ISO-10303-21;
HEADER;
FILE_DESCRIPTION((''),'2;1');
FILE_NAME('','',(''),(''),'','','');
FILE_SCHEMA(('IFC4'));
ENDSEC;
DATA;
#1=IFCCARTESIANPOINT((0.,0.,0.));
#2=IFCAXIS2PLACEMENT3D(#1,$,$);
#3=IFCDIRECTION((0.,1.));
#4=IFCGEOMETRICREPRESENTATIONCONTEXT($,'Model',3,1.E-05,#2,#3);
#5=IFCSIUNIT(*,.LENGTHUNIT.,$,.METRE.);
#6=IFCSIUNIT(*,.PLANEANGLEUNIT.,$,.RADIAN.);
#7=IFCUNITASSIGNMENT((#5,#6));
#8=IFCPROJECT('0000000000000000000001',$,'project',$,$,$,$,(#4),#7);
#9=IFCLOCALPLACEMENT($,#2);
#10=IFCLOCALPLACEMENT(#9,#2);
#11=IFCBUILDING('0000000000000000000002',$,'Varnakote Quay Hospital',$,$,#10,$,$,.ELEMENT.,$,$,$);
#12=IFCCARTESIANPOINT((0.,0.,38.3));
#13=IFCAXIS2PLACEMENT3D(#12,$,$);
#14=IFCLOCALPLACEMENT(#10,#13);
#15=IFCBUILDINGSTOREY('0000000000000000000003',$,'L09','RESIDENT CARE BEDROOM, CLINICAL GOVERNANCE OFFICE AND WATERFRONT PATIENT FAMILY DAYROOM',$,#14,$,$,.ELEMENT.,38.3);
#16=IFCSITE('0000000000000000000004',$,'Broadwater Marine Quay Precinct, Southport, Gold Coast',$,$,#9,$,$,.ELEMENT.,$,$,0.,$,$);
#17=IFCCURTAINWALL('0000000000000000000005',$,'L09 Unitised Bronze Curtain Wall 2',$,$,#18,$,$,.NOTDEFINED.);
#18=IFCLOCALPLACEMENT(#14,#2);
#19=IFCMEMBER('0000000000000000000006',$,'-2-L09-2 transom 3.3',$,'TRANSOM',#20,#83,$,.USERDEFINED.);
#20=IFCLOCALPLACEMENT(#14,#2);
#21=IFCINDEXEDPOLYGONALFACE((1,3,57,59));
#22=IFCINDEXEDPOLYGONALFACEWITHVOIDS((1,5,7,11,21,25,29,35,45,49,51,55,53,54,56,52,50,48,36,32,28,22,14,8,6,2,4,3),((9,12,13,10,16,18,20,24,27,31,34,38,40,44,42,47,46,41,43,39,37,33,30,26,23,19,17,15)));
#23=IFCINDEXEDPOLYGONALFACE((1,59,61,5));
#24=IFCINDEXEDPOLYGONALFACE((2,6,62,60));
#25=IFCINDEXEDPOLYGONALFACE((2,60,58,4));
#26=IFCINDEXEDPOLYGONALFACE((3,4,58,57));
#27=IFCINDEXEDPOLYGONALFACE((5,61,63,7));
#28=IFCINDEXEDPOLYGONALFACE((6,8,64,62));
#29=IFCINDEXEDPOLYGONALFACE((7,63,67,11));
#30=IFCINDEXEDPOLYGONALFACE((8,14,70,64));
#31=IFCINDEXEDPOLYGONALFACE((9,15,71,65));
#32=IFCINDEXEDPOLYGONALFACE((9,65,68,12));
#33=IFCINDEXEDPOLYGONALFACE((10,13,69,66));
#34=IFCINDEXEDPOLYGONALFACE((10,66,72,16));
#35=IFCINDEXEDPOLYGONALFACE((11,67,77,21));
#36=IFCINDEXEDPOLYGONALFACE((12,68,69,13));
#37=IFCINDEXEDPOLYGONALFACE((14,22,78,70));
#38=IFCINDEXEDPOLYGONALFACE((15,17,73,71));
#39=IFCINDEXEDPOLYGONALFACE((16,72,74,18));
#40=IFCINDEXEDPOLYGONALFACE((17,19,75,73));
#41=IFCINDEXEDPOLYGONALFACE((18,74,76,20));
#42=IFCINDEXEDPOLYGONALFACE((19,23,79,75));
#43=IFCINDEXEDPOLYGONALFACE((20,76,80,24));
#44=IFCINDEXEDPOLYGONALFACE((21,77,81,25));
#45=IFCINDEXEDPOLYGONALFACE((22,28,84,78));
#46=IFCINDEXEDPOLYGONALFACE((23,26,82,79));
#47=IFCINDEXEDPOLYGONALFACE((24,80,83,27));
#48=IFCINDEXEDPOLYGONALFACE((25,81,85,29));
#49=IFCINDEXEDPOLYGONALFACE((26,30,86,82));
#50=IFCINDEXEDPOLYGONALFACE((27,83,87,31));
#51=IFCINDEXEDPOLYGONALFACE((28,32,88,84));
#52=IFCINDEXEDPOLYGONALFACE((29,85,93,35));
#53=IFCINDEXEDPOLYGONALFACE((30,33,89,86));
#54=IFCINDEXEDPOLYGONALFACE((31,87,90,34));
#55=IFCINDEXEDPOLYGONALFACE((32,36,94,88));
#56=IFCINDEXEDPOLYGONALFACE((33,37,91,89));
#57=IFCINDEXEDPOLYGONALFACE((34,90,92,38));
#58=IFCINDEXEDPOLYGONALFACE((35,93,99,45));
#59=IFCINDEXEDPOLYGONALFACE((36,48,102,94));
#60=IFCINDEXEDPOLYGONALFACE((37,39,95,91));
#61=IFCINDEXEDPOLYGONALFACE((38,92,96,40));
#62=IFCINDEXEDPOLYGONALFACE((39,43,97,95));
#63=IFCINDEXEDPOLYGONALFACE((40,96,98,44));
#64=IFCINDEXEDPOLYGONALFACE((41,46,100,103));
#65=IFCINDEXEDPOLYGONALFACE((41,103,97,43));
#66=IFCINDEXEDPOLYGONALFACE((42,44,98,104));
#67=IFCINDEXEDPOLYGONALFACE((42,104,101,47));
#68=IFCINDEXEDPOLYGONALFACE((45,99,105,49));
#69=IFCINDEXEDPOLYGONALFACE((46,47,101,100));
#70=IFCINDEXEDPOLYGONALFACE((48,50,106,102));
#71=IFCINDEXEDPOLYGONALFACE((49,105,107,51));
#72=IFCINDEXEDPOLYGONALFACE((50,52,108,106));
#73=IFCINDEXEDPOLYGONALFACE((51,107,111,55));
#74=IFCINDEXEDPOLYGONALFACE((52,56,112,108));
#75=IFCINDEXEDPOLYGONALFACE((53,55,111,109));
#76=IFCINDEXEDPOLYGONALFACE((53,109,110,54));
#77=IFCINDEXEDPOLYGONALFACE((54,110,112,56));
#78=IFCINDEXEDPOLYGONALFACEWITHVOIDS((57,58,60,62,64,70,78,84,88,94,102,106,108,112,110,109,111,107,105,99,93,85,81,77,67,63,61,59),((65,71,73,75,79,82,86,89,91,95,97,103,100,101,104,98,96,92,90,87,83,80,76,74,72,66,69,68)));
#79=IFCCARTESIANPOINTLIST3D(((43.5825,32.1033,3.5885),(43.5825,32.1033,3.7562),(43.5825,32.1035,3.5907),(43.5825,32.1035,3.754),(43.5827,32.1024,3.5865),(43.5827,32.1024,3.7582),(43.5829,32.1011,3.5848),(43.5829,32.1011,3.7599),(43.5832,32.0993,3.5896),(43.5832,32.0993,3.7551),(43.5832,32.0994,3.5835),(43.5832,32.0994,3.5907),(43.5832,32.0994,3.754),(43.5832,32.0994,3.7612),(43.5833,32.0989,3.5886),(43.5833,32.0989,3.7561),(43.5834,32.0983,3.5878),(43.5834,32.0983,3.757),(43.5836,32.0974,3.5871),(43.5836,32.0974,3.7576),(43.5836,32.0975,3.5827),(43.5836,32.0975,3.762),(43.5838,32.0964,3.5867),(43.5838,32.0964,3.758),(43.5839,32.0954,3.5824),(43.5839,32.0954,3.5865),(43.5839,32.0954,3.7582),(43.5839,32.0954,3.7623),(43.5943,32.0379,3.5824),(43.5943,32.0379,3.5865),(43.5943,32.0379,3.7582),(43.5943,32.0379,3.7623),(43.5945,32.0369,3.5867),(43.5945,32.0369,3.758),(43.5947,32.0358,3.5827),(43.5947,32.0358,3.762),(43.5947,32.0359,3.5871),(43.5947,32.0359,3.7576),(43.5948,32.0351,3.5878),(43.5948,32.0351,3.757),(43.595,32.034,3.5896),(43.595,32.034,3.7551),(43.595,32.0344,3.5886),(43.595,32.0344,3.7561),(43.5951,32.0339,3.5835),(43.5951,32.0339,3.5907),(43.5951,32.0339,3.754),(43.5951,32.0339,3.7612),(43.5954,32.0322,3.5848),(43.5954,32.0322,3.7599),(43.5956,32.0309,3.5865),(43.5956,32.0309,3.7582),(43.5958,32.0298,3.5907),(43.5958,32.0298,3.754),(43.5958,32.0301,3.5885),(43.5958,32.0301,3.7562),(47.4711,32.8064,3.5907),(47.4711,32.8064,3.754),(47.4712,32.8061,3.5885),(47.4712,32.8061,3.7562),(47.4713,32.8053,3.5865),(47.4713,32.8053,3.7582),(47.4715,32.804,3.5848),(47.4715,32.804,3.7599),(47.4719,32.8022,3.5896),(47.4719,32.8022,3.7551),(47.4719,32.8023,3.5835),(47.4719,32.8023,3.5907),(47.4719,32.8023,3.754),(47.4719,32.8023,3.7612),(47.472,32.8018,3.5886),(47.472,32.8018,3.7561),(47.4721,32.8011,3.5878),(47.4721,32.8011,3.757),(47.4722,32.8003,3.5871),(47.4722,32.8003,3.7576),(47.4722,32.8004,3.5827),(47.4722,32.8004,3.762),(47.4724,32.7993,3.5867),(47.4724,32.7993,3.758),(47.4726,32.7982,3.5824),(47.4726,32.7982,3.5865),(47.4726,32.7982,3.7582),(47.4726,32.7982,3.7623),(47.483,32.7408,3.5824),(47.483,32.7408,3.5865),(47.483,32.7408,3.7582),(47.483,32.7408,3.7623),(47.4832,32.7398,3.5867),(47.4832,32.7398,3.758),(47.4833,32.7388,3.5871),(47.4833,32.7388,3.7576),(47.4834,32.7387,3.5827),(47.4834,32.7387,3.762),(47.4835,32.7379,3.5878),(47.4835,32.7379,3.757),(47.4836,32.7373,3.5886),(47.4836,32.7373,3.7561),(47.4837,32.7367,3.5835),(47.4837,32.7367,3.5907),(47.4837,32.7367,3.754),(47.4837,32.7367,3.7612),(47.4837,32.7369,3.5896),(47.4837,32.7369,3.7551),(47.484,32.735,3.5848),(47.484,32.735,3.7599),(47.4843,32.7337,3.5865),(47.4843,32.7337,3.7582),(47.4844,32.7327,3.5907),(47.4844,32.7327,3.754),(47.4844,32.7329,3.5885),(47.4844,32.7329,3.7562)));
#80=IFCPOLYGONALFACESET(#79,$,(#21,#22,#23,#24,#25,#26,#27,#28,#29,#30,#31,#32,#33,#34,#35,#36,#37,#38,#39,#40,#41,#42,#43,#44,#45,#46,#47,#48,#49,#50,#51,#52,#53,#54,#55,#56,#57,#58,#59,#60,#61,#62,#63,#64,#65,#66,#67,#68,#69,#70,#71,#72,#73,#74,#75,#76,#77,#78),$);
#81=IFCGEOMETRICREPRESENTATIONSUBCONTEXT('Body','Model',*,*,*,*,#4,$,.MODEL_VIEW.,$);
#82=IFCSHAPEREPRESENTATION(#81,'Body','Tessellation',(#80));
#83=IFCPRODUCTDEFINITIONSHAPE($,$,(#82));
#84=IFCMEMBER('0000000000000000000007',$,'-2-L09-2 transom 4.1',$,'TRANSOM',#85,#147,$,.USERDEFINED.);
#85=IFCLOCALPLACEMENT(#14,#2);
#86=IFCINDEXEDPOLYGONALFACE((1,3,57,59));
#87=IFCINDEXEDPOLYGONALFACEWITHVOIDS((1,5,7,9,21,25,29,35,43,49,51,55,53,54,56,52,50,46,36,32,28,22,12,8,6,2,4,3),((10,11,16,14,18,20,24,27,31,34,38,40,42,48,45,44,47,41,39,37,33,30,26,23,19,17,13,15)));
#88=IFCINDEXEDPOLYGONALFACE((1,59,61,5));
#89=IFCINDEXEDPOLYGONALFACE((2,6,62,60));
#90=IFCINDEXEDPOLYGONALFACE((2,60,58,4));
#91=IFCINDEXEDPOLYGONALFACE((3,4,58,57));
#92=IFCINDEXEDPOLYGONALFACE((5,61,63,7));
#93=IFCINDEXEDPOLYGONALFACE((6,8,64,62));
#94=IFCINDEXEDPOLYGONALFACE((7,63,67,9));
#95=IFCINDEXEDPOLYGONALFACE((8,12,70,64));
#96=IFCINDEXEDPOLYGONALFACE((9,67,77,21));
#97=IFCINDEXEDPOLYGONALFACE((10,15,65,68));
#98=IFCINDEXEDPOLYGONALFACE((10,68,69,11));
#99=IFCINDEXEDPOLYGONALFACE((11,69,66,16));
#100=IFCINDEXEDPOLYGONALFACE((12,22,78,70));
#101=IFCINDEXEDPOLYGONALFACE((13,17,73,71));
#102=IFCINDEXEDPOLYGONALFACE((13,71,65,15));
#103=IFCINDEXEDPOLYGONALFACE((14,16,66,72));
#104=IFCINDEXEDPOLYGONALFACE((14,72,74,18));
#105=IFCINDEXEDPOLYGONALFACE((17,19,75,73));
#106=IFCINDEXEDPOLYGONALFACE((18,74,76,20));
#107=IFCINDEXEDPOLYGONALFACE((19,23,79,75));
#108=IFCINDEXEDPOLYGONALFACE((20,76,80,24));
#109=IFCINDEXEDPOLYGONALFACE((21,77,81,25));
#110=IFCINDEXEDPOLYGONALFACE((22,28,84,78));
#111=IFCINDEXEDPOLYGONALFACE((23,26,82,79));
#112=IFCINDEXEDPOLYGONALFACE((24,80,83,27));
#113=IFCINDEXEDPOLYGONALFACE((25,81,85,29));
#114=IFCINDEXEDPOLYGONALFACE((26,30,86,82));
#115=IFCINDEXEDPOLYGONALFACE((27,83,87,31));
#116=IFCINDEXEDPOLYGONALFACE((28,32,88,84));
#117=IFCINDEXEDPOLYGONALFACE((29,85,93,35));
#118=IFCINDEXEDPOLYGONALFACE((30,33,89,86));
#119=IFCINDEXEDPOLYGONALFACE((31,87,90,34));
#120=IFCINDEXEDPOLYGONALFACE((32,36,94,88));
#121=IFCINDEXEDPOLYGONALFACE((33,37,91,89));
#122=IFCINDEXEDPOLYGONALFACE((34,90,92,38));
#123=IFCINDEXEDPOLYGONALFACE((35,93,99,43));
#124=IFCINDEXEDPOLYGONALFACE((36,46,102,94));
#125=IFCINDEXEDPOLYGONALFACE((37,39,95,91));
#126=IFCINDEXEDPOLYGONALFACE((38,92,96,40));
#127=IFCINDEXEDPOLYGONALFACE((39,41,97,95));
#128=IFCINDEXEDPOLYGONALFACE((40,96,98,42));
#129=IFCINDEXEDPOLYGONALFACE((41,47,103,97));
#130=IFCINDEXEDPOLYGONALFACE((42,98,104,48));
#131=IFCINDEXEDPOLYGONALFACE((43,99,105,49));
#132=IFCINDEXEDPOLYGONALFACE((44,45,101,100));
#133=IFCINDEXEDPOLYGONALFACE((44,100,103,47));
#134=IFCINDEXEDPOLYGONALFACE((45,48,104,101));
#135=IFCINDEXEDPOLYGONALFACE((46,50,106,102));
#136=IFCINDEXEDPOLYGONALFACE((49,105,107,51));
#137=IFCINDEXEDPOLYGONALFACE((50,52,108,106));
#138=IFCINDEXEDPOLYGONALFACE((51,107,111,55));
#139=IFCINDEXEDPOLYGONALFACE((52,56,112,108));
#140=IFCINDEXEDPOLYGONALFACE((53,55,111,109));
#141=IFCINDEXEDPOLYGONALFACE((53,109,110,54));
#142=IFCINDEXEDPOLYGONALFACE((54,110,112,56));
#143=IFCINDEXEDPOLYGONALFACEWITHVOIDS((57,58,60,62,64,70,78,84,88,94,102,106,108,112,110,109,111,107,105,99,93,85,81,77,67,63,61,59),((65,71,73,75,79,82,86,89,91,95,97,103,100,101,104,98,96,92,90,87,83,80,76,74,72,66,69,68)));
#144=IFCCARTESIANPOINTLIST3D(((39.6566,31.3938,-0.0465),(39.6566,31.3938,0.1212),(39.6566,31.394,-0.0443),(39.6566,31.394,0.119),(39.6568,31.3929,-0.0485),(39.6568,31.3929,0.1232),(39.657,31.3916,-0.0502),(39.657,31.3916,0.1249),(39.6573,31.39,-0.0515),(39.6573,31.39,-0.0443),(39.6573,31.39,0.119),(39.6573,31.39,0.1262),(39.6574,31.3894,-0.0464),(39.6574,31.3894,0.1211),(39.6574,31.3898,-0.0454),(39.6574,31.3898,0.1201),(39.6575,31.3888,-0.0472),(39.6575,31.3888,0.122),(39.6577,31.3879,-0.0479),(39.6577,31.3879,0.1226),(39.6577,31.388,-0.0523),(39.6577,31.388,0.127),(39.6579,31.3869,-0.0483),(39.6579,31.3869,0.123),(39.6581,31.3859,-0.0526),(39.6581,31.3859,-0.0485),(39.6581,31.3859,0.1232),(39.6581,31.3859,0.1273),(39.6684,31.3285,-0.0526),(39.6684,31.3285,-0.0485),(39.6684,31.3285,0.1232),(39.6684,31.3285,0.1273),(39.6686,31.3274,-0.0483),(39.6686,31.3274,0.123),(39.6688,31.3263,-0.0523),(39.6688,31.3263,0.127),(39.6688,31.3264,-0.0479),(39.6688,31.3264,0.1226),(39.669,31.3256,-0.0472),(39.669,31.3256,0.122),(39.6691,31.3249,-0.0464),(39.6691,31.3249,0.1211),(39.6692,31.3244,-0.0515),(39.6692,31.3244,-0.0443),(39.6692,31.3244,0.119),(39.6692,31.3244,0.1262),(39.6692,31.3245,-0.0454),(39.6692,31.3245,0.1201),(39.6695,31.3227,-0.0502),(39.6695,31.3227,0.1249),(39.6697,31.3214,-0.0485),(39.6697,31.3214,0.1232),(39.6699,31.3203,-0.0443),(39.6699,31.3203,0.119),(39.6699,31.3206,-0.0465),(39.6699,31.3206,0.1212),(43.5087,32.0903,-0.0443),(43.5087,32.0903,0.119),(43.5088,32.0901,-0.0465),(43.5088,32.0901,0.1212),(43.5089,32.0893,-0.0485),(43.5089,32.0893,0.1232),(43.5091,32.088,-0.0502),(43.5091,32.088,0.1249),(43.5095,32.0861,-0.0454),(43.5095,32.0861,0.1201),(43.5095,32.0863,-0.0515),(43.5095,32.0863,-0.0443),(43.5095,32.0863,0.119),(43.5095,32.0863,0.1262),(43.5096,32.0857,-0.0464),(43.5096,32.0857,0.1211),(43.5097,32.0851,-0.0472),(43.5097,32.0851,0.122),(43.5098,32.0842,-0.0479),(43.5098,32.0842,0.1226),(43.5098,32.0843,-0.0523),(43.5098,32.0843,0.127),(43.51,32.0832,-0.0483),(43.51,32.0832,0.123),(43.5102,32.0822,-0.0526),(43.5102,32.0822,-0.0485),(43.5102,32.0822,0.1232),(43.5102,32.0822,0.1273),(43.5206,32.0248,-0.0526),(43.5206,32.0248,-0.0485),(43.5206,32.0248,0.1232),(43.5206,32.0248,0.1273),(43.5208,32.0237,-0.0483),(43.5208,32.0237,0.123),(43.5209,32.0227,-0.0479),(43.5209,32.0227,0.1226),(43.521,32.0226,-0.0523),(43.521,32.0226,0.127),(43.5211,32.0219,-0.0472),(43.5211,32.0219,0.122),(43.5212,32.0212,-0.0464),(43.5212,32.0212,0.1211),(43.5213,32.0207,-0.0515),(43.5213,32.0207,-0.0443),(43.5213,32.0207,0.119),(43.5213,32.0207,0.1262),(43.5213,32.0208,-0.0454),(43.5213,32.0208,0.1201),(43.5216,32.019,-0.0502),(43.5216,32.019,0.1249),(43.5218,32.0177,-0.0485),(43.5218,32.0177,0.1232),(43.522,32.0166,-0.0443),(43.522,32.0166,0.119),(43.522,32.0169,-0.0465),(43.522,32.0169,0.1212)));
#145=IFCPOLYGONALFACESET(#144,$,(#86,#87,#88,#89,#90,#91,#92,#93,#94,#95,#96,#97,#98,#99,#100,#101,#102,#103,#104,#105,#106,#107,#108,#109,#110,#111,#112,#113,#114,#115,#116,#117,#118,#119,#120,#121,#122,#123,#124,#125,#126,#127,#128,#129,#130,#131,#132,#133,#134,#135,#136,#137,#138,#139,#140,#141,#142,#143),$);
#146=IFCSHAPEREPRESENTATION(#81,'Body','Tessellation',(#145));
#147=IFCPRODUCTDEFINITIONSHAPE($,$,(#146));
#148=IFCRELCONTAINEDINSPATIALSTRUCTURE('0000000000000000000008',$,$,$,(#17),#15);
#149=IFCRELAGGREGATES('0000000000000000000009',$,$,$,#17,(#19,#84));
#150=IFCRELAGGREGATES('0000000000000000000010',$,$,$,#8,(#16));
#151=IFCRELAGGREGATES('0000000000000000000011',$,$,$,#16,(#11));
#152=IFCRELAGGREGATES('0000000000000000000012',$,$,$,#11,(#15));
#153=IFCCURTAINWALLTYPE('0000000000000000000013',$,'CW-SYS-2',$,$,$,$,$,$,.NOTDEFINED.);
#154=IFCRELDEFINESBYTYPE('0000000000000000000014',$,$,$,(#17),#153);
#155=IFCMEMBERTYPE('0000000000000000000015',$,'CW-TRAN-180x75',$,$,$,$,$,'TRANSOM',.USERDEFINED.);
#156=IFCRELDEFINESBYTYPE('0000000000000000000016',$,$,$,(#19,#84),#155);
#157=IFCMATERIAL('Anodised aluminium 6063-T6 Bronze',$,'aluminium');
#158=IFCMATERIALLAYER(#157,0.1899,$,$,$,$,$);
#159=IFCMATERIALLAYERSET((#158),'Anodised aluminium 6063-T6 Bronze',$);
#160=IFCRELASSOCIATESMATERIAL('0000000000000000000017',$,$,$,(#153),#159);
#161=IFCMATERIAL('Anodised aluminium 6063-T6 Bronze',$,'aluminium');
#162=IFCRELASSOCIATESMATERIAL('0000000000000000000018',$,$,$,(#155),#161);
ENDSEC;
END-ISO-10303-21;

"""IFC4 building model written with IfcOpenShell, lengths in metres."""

from ifc_helpers import new_model, si_unit, direction, frame, origin, origin_2d, place, context, subcontext, project, spatial, hollow_rectangle, extrude, material, layer, layer_set, material_profile, profile_set, type_object, element, aggregate, save


model = new_model("IFC4")

# Units and contexts
model_context = context("Model", 3, precision=1e-05, world=origin(), true_north=direction((0.0, 1.0)))
body_context = subcontext(model_context, "Body", "Model", "MODEL_VIEW")
ifc_project = project(units=[si_unit("LENGTHUNIT", "METRE"), si_unit("PLANEANGLEUNIT", "RADIAN")], contexts=[model_context])

# Site, building, storey
site_placement = place(None, origin())
site = spatial("IfcSite", under=ifc_project, at=site_placement, Name="Broadwater Marine Quay Precinct, Southport, Gold Coast", CompositionType="ELEMENT", RefElevation=0.0)
building_placement = place(site_placement, origin())
building = spatial("IfcBuilding", under=site, at=building_placement, Name="Varnakote Quay Hospital", CompositionType="ELEMENT")
storey_placement = place(building_placement, frame((0.0, 0.0, 38.3)))
storey = spatial("IfcBuildingStorey", under=building, at=storey_placement, Name="L09", Description="RESIDENT CARE BEDROOM, CLINICAL GOVERNANCE OFFICE AND WATERFRONT PATIENT FAMILY DAYROOM", CompositionType="ELEMENT", Elevation=38.3)

# Curtain wall, members
ifc_material_1 = material(Name="Anodised aluminium 6063-T6 Bronze", Category="aluminium")
ifc_layer_1 = layer(ifc_material_1, 0.1899)
ifc_layer_set_1 = layer_set([ifc_layer_1], Name="Anodised aluminium 6063-T6 Bronze")
curtain_wall_type = type_object("IfcCurtainWallType", Name="CW-SYS-2", PredefinedType="NOTDEFINED", material=ifc_layer_set_1)
curtain_wall_placement = place(storey_placement, origin())
curtain_wall = element("IfcCurtainWall", 1, at=curtain_wall_placement, inside=storey, type_object=curtain_wall_type, Name="L09 Unitised Bronze Curtain Wall 2", PredefinedType="NOTDEFINED")
ifc_material_2 = material(Name="Anodised aluminium 6063-T6 Bronze", Category="aluminium")
ifc_material_profile_1 = material_profile(ifc_material_2, hollow_rectangle(XDim=0.075, YDim=0.1799, WallThickness=0.0042, InnerFilletRadius=0.0042, OuterFilletRadius=0.0083, at=origin_2d()), Name="CW-TRAN-180x75")
ifc_profile_set_1 = profile_set([ifc_material_profile_1], Name="Anodised aluminium 6063-T6 Bronze")
member_type_1 = type_object("IfcMemberType", Name="CW-TRAN-180x75", ElementType="TRANSOM", PredefinedType="USERDEFINED", material=ifc_profile_set_1)
member_1_placement = place(storey_placement, frame((47.4778, 32.7695, 3.6724), z_axis=(-0.984054, -0.177869, 0.0), x_axis=(0.177869, -0.984054, 0.0)))
member_1 = element("IfcMember", 2, at=member_1_placement, type_object=member_type_1, Name="-2-L09-2 transom 3.3", ObjectType="TRANSOM", PredefinedType="USERDEFINED", context=body_context, shape_type="SweptSolid", body=[
    extrude(hollow_rectangle(XDim=0.075, YDim=0.1799, WallThickness=0.0042, InnerFilletRadius=0.0042, OuterFilletRadius=0.0083, at=origin_2d()), origin(), (0.0, 0.0, 1.0), 3.9517),
])
member_2_placement = place(storey_placement, frame((43.5154, 32.0535, 0.0374), z_axis=(-0.984053, -0.177875, 0.0), x_axis=(0.177875, -0.984053, 0.0)))
member_2 = element("IfcMember", 3, at=member_2_placement, type_object=member_type_1, Name="-2-L09-2 transom 4.1", ObjectType="TRANSOM", PredefinedType="USERDEFINED", context=body_context, shape_type="SweptSolid", body=[
    extrude(hollow_rectangle(XDim=0.075, YDim=0.1799, WallThickness=0.0042, InnerFilletRadius=0.0042, OuterFilletRadius=0.0083, at=origin_2d()), origin(), (0.0, 0.0, 1.0), 3.9146),
])
aggregate(curtain_wall, [member_1, member_2])

save(model, "model.ifc")
